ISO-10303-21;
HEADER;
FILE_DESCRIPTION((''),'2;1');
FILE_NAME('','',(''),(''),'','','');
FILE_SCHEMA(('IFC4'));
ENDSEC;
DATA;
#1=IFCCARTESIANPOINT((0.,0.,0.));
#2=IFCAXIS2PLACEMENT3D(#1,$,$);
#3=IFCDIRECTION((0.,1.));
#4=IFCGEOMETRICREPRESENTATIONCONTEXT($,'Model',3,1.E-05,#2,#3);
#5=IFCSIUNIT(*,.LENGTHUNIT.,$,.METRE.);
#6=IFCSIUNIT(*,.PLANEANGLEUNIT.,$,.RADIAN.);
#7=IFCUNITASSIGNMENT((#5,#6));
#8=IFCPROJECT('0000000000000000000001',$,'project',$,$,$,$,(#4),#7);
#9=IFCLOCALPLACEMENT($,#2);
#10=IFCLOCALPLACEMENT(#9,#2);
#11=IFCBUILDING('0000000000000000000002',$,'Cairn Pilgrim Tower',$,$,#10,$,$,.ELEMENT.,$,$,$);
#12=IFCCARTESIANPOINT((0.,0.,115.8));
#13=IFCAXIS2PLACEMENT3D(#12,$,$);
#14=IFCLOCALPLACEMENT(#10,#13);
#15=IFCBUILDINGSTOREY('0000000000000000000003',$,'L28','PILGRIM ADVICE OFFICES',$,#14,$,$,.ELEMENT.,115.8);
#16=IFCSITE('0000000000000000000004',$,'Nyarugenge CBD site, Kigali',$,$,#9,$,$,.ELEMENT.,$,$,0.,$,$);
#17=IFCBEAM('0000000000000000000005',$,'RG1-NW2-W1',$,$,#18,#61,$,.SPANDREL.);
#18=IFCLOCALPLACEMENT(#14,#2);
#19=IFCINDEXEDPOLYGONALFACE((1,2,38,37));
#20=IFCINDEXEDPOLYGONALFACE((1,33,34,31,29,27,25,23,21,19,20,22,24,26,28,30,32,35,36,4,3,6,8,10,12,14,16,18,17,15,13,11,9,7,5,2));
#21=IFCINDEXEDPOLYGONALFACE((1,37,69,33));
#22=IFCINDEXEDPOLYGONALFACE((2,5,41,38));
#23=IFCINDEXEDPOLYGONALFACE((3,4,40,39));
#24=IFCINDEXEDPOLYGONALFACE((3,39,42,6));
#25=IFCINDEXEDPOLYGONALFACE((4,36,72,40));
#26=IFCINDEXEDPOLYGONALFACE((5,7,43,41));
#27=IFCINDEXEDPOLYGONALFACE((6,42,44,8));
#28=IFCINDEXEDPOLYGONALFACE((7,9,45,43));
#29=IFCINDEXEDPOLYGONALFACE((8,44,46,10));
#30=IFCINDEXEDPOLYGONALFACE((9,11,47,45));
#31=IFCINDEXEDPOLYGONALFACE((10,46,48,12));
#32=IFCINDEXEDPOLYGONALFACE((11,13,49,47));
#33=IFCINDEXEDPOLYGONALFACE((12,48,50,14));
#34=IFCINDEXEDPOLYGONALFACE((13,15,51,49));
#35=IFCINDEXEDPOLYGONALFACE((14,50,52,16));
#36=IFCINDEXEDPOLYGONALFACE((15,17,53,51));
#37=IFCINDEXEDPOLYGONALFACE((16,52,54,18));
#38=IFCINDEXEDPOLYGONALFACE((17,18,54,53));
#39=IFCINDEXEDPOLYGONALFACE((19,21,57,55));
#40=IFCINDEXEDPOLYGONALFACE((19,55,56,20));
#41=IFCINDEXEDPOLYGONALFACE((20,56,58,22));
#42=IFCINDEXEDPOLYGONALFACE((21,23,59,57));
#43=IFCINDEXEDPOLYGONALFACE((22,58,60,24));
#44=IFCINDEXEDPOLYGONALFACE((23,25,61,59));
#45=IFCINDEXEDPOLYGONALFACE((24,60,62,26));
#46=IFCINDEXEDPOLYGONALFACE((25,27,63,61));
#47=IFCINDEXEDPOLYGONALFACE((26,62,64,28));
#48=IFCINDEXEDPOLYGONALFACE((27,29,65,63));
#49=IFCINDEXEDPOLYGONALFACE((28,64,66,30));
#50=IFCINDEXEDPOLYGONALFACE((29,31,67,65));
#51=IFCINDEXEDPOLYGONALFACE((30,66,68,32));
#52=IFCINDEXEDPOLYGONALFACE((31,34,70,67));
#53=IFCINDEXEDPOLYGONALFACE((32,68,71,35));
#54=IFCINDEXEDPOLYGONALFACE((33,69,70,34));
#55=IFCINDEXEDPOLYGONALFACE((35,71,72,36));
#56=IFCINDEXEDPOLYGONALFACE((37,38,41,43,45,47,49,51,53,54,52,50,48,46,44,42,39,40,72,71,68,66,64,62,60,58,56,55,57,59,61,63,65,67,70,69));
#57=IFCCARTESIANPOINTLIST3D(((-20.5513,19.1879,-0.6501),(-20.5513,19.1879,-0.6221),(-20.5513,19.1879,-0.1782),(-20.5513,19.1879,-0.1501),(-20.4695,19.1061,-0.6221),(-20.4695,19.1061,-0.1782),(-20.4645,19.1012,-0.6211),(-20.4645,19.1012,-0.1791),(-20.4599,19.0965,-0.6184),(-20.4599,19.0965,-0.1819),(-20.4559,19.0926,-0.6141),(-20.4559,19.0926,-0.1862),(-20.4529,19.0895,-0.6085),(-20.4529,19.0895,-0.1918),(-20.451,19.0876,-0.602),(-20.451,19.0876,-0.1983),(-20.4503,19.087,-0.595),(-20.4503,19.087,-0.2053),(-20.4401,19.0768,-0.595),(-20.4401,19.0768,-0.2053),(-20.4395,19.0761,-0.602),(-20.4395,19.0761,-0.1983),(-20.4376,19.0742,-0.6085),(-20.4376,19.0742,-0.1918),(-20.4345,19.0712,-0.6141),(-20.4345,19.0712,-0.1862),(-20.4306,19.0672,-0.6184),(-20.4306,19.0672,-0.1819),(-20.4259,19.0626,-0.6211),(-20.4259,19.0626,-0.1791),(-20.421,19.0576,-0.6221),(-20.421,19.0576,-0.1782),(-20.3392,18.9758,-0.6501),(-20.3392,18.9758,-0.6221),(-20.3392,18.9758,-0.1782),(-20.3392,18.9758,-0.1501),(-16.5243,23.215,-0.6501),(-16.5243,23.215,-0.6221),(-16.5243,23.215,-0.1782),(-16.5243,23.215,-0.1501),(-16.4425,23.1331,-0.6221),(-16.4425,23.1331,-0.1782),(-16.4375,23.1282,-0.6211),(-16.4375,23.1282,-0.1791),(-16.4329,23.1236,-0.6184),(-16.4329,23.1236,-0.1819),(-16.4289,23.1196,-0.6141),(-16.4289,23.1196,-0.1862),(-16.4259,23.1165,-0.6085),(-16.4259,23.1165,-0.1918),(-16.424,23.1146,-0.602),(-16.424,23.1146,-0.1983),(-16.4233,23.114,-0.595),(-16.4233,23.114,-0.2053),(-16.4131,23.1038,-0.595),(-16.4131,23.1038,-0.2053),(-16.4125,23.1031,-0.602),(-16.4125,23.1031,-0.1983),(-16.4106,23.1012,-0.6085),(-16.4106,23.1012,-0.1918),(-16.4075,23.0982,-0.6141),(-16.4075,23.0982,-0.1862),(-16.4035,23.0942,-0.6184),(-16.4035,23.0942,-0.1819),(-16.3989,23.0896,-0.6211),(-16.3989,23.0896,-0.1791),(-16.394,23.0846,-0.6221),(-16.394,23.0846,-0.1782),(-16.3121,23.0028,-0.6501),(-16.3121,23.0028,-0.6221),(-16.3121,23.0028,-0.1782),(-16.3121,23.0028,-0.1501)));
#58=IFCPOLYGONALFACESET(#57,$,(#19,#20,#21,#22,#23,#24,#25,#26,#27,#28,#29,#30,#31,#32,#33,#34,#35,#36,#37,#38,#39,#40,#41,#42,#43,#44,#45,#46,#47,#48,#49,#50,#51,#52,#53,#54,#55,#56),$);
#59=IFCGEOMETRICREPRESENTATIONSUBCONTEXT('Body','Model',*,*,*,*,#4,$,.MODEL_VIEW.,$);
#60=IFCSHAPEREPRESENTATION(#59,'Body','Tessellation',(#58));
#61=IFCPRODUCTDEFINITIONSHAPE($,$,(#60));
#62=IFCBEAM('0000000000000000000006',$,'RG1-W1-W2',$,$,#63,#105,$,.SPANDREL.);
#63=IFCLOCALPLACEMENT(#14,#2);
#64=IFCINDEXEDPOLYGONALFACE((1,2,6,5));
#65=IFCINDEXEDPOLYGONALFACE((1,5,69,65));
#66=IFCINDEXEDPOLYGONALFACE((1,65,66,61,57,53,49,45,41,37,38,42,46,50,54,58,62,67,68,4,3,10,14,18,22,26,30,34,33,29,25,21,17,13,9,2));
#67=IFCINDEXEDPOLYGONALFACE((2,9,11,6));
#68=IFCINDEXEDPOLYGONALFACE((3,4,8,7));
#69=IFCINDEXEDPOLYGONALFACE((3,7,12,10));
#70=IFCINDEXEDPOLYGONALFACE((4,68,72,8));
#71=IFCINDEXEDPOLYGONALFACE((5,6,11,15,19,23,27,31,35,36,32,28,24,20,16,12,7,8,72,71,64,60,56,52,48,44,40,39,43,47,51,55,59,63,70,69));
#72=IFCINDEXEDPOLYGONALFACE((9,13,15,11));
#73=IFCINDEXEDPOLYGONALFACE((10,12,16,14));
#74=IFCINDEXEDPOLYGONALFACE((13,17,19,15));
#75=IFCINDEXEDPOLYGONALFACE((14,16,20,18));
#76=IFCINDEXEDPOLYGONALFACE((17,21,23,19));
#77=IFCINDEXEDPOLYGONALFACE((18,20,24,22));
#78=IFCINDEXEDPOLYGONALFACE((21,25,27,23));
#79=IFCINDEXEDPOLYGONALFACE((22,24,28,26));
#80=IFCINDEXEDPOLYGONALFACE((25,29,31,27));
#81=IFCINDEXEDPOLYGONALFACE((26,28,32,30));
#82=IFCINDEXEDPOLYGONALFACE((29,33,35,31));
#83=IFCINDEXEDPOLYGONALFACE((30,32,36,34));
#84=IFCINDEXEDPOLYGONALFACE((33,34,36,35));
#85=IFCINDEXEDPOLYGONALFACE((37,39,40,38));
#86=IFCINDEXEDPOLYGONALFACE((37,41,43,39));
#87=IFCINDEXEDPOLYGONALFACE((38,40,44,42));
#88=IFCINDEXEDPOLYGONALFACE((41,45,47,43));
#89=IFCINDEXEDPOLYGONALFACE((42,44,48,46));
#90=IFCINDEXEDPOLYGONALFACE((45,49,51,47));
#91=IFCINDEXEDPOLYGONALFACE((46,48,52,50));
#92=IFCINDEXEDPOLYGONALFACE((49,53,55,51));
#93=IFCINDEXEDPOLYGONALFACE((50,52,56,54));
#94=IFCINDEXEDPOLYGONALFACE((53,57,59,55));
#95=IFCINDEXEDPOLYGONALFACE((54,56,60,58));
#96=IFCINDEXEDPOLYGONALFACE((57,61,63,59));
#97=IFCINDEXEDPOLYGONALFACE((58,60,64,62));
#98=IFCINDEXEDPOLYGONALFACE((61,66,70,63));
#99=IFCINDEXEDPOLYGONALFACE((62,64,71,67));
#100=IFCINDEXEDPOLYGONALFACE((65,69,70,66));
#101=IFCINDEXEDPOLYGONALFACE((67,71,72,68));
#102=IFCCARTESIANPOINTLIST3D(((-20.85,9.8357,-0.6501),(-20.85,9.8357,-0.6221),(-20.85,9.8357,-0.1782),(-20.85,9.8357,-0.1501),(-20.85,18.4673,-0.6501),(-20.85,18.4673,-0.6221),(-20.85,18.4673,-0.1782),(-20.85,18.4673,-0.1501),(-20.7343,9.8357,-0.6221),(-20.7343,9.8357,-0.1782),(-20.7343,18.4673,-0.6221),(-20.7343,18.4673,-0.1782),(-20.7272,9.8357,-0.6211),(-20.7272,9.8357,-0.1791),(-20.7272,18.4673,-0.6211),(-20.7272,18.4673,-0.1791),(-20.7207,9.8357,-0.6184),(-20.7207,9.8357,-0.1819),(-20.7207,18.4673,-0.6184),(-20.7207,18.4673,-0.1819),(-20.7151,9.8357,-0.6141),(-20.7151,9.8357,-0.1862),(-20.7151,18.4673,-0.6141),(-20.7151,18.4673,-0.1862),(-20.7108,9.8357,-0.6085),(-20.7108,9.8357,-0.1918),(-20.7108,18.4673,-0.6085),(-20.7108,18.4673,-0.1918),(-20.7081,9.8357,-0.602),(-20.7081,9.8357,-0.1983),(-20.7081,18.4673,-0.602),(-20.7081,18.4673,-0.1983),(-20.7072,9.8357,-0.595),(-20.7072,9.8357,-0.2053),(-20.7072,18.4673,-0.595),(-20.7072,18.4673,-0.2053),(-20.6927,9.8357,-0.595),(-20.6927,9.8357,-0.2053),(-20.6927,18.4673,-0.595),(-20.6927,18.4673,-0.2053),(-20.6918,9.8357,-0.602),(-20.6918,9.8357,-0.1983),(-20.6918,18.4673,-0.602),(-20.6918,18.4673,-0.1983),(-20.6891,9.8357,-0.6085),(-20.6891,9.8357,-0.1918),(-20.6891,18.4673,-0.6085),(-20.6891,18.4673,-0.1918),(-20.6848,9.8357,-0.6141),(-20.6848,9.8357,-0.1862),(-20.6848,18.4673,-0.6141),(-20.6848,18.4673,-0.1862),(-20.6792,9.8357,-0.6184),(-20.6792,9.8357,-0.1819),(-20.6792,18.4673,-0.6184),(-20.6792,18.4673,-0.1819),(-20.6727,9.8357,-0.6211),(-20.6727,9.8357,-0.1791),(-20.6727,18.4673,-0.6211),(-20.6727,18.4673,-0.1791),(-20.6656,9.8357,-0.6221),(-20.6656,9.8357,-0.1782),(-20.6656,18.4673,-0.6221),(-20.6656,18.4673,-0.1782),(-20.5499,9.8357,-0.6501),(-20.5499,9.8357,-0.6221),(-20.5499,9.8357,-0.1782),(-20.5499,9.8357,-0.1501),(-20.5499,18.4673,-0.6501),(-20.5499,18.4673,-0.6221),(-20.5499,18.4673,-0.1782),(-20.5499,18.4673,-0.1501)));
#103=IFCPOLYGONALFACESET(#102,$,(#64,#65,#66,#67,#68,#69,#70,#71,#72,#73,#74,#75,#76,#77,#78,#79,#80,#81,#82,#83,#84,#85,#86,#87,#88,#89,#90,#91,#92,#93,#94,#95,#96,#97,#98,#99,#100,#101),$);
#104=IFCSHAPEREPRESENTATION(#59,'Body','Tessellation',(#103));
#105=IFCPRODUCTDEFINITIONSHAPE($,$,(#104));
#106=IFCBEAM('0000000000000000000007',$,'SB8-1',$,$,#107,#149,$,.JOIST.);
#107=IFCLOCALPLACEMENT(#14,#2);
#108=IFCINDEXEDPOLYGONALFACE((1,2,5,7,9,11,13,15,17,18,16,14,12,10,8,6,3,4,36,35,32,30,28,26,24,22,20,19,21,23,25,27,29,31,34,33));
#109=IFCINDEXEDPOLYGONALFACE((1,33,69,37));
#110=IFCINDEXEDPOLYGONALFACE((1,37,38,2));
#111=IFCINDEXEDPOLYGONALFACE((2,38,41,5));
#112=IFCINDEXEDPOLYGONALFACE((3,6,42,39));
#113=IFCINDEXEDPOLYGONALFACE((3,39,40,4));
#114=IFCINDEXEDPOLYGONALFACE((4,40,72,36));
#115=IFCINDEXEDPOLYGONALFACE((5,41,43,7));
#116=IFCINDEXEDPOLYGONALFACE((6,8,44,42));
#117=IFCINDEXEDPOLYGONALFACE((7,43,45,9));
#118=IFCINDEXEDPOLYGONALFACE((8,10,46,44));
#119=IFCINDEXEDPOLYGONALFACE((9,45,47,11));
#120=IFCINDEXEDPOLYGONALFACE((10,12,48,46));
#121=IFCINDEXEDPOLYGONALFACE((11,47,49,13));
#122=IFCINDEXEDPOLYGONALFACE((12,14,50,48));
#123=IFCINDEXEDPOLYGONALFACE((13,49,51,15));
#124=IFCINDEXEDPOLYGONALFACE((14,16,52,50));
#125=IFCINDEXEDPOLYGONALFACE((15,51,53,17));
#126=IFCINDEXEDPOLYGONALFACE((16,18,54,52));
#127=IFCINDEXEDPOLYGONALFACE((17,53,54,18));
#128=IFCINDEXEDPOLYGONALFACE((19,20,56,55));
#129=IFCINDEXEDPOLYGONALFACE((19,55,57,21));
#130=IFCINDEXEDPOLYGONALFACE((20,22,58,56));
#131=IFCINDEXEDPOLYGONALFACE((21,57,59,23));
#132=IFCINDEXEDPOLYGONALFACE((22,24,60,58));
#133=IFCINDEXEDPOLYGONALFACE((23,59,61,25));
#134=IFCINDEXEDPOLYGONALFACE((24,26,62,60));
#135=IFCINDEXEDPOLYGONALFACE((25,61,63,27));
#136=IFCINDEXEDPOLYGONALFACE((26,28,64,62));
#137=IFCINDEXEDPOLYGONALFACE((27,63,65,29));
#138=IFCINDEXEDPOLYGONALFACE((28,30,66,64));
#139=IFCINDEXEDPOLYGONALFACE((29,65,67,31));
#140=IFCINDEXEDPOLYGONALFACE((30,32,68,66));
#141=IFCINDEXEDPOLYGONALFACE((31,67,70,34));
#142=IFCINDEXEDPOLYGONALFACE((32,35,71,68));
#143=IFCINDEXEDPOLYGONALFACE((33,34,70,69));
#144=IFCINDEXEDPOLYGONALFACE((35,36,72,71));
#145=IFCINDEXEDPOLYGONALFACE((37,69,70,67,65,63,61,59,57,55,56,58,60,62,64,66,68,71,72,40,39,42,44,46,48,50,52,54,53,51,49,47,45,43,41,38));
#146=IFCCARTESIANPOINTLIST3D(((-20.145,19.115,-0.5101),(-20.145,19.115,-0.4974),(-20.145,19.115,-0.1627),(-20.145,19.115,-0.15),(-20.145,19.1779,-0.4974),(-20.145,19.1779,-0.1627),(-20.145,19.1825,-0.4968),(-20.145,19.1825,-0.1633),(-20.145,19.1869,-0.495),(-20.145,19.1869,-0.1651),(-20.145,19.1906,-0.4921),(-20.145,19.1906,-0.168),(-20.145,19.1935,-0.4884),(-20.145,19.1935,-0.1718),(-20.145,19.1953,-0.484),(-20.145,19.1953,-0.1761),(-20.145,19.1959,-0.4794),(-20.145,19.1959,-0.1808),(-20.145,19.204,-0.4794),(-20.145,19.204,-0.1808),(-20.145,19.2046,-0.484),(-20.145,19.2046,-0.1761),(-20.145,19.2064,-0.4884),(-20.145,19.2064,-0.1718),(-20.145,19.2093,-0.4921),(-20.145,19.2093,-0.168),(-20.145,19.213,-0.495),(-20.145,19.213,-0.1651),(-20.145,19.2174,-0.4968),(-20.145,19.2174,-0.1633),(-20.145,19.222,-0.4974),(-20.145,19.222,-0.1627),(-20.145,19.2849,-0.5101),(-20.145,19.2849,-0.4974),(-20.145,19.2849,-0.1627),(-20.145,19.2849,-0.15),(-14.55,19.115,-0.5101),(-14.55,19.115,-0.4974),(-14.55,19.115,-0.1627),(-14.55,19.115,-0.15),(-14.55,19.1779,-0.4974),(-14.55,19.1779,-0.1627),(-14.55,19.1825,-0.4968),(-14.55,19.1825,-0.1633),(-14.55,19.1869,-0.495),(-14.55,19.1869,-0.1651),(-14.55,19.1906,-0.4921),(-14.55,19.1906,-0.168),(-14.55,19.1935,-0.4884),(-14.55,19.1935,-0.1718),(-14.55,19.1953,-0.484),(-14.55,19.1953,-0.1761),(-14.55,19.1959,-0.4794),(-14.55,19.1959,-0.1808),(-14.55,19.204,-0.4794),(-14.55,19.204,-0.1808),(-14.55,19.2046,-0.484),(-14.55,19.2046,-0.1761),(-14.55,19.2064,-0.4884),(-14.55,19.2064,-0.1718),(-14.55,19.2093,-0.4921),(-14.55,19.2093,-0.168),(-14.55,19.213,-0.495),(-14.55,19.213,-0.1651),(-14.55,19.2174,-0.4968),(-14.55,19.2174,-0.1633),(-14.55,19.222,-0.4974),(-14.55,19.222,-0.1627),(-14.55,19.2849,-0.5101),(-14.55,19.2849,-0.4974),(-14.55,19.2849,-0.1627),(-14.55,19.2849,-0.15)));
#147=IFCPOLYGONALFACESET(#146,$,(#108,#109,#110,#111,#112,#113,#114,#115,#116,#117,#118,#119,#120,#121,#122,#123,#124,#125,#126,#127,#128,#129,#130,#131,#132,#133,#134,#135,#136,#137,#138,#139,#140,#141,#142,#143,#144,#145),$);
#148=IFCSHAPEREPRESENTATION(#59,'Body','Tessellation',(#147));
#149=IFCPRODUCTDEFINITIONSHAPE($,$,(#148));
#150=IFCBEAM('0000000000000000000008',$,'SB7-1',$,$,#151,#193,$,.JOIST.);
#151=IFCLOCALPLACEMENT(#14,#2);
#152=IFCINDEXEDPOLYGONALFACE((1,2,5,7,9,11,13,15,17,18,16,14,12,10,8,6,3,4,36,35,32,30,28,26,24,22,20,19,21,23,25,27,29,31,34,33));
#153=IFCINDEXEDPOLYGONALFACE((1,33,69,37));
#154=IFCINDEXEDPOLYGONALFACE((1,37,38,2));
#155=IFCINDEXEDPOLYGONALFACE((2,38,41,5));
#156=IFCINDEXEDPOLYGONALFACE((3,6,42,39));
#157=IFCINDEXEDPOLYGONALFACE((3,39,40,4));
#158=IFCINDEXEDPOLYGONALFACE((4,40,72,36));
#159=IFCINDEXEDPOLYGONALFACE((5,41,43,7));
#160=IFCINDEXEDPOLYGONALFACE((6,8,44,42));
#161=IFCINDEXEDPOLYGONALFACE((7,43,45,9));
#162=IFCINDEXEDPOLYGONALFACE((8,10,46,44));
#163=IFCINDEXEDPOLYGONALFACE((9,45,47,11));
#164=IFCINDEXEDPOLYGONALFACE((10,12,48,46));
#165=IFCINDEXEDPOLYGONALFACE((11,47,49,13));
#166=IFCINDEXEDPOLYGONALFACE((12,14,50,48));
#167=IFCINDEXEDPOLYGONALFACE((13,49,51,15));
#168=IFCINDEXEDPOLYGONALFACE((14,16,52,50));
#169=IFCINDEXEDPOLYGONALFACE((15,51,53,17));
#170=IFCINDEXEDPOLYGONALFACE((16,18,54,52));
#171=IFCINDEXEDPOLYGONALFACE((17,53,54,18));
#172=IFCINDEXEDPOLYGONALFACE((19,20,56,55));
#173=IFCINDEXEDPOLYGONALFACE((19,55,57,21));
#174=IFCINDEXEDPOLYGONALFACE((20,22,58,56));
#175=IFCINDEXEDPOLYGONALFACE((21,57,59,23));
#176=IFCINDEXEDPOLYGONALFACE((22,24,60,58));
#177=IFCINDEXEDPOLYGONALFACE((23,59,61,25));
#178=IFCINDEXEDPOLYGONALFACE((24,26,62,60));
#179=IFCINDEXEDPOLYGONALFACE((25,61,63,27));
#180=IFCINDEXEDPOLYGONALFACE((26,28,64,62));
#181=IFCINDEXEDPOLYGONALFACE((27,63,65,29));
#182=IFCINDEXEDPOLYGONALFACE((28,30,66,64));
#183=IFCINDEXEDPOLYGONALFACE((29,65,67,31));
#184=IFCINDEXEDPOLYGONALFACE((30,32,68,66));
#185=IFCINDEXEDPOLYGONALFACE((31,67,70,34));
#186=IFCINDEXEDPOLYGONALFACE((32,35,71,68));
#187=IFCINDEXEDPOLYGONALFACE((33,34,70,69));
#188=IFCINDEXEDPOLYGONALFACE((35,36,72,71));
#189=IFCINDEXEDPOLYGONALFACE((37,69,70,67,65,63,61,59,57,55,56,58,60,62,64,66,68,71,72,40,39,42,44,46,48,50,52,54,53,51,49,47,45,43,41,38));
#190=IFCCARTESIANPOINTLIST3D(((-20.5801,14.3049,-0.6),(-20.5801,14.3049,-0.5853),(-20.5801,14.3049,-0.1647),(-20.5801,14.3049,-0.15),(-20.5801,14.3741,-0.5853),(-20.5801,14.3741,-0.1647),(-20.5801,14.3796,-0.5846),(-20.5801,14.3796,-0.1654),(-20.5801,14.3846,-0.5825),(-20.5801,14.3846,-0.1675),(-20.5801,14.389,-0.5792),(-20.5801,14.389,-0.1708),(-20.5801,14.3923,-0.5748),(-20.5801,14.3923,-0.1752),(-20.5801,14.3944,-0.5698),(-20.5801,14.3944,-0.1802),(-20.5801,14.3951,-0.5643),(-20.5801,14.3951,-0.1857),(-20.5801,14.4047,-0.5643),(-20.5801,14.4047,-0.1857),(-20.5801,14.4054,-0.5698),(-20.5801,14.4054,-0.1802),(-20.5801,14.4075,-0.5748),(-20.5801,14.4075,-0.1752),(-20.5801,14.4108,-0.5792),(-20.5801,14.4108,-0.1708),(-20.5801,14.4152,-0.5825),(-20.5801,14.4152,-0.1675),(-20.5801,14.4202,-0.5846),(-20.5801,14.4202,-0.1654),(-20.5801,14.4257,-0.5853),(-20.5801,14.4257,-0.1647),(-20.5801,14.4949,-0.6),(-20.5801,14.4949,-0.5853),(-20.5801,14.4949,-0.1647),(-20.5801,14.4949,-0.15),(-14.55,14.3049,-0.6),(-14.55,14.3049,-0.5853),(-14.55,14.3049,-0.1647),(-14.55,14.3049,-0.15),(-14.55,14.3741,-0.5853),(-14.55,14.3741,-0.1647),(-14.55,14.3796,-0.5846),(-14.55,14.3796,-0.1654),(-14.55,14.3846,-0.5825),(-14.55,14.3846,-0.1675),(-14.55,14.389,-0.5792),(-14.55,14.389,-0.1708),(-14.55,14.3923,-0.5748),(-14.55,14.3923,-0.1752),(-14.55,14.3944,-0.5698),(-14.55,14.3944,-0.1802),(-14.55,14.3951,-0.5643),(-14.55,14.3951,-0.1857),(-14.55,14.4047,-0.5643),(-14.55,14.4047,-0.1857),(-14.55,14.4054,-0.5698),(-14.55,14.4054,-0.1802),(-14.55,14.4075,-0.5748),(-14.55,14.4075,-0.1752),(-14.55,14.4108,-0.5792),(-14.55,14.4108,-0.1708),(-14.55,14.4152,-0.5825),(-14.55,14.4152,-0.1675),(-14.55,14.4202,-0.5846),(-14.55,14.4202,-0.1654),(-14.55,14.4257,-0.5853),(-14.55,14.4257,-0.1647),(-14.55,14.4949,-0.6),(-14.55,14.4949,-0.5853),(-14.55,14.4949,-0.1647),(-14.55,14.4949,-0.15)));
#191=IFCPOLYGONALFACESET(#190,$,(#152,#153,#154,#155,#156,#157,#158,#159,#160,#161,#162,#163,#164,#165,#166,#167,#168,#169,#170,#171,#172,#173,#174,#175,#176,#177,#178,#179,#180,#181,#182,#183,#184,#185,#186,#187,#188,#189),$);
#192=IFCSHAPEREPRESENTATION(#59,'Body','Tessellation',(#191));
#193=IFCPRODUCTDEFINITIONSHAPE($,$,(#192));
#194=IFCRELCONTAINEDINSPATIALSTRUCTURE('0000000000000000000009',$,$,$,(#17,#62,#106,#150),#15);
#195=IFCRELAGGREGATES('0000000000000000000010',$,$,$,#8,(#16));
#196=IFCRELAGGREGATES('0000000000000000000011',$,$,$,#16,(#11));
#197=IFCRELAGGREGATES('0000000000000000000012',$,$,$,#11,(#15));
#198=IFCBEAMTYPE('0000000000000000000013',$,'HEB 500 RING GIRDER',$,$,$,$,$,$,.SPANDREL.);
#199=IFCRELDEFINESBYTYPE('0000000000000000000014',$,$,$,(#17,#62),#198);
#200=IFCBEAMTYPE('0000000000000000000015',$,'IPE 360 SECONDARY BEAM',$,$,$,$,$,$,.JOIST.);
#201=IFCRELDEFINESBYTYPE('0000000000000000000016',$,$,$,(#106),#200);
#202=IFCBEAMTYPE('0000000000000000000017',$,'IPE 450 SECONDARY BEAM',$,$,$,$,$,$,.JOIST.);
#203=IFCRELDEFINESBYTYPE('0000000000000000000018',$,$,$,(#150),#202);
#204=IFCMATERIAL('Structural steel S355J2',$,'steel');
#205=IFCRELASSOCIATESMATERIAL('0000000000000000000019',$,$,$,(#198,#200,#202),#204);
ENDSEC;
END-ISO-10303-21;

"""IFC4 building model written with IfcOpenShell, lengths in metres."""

from ifc_helpers import new_model, si_unit, direction, frame, origin, origin_2d, place, context, subcontext, project, spatial, i_section, extrude, material, material_profile, profile_set, type_object, element, save


model = new_model("IFC4")

# Units and contexts
model_context = context("Model", 3, precision=1e-05, world=origin(), true_north=direction((0.0, 1.0)))
body_context = subcontext(model_context, "Body", "Model", "MODEL_VIEW")
ifc_project = project(units=[si_unit("LENGTHUNIT", "METRE"), si_unit("PLANEANGLEUNIT", "RADIAN")], contexts=[model_context])

# Site, building, storey
site_placement = place(None, origin())
site = spatial("IfcSite", under=ifc_project, at=site_placement, Name="Nyarugenge CBD site, Kigali", CompositionType="ELEMENT", RefElevation=0.0)
building_placement = place(site_placement, origin())
building = spatial("IfcBuilding", under=site, at=building_placement, Name="Cairn Pilgrim Tower", CompositionType="ELEMENT")
storey_placement = place(building_placement, frame((0.0, 0.0, 115.8)))
storey = spatial("IfcBuildingStorey", under=building, at=storey_placement, Name="L28", Description="PILGRIM ADVICE OFFICES", CompositionType="ELEMENT", Elevation=115.8)

# Shared definitions
ifc_material_1 = material(Name="Structural steel S355J2", Category="steel")

# Beams
ifc_material_profile_1 = material_profile(ifc_material_1, i_section(OverallWidth=0.3, OverallDepth=0.5, WebThickness=0.0144, FlangeThickness=0.0281, FilletRadius=0.0271, at=origin_2d()), Name="HEB 500")
ifc_profile_set_1 = profile_set([ifc_material_profile_1], Name="Structural steel S355J2")
beam_type_1 = type_object("IfcBeamType", Name="HEB 500 RING GIRDER", PredefinedType="SPANDREL", material=ifc_profile_set_1)
beam_1_placement = place(storey_placement, frame((-16.4182, 23.1089, -0.4001), z_axis=(-0.707107, -0.707107, 0.0), x_axis=(0.707107, -0.707107, 0.0)))
element("IfcBeam", 1, at=beam_1_placement, inside=storey, type_object=beam_type_1, Name="RG1-NW2-W1", PredefinedType="SPANDREL", context=body_context, shape_type="SweptSolid", body=[
    extrude(i_section(OverallWidth=0.3, OverallDepth=0.5, WebThickness=0.0144, FlangeThickness=0.0281, FilletRadius=0.0271, at=origin_2d()), origin(), (0.0, 0.0, 1.0), 5.6951),
])
beam_2_placement = place(storey_placement, frame((-20.7, 18.4673, -0.4001), z_axis=(0.0, -1.0, 0.0), x_axis=(1.0, 0.0, 0.0)))
element("IfcBeam", 2, at=beam_2_placement, inside=storey, type_object=beam_type_1, Name="RG1-W1-W2", PredefinedType="SPANDREL", context=body_context, shape_type="SweptSolid", body=[
    extrude(i_section(OverallWidth=0.3, OverallDepth=0.5, WebThickness=0.0144, FlangeThickness=0.0281, FilletRadius=0.0271, at=origin_2d()), origin(), (0.0, 0.0, 1.0), 8.6316),
])
ifc_material_profile_2 = material_profile(ifc_material_1, i_section(OverallWidth=0.1699, OverallDepth=0.3601, WebThickness=0.0081, FlangeThickness=0.0127, FilletRadius=0.0181, at=origin_2d()), Name="IPE 360")
ifc_profile_set_2 = profile_set([ifc_material_profile_2], Name="Structural steel S355J2")
beam_type_2 = type_object("IfcBeamType", Name="IPE 360 SECONDARY BEAM", PredefinedType="JOIST", material=ifc_profile_set_2)
beam_3_placement = place(storey_placement, frame((-20.145, 19.2, -0.3301), z_axis=(1.0, 0.0, 0.0), x_axis=(0.0, 1.0, 0.0)))
element("IfcBeam", 3, at=beam_3_placement, inside=storey, type_object=beam_type_2, Name="SB8-1", PredefinedType="JOIST", context=body_context, shape_type="SweptSolid", body=[
    extrude(i_section(OverallWidth=0.1699, OverallDepth=0.3601, WebThickness=0.0081, FlangeThickness=0.0127, FilletRadius=0.0181, at=origin_2d()), origin(), (0.0, 0.0, 1.0), 5.595),
])
ifc_material_profile_3 = material_profile(ifc_material_1, i_section(OverallWidth=0.1899, OverallDepth=0.45, WebThickness=0.0095, FlangeThickness=0.0146, FilletRadius=0.021, at=origin_2d()), Name="IPE 450")
ifc_profile_set_3 = profile_set([ifc_material_profile_3], Name="Structural steel S355J2")
beam_type_3 = type_object("IfcBeamType", Name="IPE 450 SECONDARY BEAM", PredefinedType="JOIST", material=ifc_profile_set_3)
beam_4_placement = place(storey_placement, frame((-20.5801, 14.3999, -0.375), z_axis=(1.0, 0.0, 0.0), x_axis=(0.0, 1.0, 0.0)))
element("IfcBeam", 4, at=beam_4_placement, inside=storey, type_object=beam_type_3, Name="SB7-1", PredefinedType="JOIST", context=body_context, shape_type="SweptSolid", body=[
    extrude(i_section(OverallWidth=0.1899, OverallDepth=0.45, WebThickness=0.0095, FlangeThickness=0.0146, FilletRadius=0.021, at=origin_2d()), origin(), (0.0, 0.0, 1.0), 6.03),
])

save(model, "model.ifc")
